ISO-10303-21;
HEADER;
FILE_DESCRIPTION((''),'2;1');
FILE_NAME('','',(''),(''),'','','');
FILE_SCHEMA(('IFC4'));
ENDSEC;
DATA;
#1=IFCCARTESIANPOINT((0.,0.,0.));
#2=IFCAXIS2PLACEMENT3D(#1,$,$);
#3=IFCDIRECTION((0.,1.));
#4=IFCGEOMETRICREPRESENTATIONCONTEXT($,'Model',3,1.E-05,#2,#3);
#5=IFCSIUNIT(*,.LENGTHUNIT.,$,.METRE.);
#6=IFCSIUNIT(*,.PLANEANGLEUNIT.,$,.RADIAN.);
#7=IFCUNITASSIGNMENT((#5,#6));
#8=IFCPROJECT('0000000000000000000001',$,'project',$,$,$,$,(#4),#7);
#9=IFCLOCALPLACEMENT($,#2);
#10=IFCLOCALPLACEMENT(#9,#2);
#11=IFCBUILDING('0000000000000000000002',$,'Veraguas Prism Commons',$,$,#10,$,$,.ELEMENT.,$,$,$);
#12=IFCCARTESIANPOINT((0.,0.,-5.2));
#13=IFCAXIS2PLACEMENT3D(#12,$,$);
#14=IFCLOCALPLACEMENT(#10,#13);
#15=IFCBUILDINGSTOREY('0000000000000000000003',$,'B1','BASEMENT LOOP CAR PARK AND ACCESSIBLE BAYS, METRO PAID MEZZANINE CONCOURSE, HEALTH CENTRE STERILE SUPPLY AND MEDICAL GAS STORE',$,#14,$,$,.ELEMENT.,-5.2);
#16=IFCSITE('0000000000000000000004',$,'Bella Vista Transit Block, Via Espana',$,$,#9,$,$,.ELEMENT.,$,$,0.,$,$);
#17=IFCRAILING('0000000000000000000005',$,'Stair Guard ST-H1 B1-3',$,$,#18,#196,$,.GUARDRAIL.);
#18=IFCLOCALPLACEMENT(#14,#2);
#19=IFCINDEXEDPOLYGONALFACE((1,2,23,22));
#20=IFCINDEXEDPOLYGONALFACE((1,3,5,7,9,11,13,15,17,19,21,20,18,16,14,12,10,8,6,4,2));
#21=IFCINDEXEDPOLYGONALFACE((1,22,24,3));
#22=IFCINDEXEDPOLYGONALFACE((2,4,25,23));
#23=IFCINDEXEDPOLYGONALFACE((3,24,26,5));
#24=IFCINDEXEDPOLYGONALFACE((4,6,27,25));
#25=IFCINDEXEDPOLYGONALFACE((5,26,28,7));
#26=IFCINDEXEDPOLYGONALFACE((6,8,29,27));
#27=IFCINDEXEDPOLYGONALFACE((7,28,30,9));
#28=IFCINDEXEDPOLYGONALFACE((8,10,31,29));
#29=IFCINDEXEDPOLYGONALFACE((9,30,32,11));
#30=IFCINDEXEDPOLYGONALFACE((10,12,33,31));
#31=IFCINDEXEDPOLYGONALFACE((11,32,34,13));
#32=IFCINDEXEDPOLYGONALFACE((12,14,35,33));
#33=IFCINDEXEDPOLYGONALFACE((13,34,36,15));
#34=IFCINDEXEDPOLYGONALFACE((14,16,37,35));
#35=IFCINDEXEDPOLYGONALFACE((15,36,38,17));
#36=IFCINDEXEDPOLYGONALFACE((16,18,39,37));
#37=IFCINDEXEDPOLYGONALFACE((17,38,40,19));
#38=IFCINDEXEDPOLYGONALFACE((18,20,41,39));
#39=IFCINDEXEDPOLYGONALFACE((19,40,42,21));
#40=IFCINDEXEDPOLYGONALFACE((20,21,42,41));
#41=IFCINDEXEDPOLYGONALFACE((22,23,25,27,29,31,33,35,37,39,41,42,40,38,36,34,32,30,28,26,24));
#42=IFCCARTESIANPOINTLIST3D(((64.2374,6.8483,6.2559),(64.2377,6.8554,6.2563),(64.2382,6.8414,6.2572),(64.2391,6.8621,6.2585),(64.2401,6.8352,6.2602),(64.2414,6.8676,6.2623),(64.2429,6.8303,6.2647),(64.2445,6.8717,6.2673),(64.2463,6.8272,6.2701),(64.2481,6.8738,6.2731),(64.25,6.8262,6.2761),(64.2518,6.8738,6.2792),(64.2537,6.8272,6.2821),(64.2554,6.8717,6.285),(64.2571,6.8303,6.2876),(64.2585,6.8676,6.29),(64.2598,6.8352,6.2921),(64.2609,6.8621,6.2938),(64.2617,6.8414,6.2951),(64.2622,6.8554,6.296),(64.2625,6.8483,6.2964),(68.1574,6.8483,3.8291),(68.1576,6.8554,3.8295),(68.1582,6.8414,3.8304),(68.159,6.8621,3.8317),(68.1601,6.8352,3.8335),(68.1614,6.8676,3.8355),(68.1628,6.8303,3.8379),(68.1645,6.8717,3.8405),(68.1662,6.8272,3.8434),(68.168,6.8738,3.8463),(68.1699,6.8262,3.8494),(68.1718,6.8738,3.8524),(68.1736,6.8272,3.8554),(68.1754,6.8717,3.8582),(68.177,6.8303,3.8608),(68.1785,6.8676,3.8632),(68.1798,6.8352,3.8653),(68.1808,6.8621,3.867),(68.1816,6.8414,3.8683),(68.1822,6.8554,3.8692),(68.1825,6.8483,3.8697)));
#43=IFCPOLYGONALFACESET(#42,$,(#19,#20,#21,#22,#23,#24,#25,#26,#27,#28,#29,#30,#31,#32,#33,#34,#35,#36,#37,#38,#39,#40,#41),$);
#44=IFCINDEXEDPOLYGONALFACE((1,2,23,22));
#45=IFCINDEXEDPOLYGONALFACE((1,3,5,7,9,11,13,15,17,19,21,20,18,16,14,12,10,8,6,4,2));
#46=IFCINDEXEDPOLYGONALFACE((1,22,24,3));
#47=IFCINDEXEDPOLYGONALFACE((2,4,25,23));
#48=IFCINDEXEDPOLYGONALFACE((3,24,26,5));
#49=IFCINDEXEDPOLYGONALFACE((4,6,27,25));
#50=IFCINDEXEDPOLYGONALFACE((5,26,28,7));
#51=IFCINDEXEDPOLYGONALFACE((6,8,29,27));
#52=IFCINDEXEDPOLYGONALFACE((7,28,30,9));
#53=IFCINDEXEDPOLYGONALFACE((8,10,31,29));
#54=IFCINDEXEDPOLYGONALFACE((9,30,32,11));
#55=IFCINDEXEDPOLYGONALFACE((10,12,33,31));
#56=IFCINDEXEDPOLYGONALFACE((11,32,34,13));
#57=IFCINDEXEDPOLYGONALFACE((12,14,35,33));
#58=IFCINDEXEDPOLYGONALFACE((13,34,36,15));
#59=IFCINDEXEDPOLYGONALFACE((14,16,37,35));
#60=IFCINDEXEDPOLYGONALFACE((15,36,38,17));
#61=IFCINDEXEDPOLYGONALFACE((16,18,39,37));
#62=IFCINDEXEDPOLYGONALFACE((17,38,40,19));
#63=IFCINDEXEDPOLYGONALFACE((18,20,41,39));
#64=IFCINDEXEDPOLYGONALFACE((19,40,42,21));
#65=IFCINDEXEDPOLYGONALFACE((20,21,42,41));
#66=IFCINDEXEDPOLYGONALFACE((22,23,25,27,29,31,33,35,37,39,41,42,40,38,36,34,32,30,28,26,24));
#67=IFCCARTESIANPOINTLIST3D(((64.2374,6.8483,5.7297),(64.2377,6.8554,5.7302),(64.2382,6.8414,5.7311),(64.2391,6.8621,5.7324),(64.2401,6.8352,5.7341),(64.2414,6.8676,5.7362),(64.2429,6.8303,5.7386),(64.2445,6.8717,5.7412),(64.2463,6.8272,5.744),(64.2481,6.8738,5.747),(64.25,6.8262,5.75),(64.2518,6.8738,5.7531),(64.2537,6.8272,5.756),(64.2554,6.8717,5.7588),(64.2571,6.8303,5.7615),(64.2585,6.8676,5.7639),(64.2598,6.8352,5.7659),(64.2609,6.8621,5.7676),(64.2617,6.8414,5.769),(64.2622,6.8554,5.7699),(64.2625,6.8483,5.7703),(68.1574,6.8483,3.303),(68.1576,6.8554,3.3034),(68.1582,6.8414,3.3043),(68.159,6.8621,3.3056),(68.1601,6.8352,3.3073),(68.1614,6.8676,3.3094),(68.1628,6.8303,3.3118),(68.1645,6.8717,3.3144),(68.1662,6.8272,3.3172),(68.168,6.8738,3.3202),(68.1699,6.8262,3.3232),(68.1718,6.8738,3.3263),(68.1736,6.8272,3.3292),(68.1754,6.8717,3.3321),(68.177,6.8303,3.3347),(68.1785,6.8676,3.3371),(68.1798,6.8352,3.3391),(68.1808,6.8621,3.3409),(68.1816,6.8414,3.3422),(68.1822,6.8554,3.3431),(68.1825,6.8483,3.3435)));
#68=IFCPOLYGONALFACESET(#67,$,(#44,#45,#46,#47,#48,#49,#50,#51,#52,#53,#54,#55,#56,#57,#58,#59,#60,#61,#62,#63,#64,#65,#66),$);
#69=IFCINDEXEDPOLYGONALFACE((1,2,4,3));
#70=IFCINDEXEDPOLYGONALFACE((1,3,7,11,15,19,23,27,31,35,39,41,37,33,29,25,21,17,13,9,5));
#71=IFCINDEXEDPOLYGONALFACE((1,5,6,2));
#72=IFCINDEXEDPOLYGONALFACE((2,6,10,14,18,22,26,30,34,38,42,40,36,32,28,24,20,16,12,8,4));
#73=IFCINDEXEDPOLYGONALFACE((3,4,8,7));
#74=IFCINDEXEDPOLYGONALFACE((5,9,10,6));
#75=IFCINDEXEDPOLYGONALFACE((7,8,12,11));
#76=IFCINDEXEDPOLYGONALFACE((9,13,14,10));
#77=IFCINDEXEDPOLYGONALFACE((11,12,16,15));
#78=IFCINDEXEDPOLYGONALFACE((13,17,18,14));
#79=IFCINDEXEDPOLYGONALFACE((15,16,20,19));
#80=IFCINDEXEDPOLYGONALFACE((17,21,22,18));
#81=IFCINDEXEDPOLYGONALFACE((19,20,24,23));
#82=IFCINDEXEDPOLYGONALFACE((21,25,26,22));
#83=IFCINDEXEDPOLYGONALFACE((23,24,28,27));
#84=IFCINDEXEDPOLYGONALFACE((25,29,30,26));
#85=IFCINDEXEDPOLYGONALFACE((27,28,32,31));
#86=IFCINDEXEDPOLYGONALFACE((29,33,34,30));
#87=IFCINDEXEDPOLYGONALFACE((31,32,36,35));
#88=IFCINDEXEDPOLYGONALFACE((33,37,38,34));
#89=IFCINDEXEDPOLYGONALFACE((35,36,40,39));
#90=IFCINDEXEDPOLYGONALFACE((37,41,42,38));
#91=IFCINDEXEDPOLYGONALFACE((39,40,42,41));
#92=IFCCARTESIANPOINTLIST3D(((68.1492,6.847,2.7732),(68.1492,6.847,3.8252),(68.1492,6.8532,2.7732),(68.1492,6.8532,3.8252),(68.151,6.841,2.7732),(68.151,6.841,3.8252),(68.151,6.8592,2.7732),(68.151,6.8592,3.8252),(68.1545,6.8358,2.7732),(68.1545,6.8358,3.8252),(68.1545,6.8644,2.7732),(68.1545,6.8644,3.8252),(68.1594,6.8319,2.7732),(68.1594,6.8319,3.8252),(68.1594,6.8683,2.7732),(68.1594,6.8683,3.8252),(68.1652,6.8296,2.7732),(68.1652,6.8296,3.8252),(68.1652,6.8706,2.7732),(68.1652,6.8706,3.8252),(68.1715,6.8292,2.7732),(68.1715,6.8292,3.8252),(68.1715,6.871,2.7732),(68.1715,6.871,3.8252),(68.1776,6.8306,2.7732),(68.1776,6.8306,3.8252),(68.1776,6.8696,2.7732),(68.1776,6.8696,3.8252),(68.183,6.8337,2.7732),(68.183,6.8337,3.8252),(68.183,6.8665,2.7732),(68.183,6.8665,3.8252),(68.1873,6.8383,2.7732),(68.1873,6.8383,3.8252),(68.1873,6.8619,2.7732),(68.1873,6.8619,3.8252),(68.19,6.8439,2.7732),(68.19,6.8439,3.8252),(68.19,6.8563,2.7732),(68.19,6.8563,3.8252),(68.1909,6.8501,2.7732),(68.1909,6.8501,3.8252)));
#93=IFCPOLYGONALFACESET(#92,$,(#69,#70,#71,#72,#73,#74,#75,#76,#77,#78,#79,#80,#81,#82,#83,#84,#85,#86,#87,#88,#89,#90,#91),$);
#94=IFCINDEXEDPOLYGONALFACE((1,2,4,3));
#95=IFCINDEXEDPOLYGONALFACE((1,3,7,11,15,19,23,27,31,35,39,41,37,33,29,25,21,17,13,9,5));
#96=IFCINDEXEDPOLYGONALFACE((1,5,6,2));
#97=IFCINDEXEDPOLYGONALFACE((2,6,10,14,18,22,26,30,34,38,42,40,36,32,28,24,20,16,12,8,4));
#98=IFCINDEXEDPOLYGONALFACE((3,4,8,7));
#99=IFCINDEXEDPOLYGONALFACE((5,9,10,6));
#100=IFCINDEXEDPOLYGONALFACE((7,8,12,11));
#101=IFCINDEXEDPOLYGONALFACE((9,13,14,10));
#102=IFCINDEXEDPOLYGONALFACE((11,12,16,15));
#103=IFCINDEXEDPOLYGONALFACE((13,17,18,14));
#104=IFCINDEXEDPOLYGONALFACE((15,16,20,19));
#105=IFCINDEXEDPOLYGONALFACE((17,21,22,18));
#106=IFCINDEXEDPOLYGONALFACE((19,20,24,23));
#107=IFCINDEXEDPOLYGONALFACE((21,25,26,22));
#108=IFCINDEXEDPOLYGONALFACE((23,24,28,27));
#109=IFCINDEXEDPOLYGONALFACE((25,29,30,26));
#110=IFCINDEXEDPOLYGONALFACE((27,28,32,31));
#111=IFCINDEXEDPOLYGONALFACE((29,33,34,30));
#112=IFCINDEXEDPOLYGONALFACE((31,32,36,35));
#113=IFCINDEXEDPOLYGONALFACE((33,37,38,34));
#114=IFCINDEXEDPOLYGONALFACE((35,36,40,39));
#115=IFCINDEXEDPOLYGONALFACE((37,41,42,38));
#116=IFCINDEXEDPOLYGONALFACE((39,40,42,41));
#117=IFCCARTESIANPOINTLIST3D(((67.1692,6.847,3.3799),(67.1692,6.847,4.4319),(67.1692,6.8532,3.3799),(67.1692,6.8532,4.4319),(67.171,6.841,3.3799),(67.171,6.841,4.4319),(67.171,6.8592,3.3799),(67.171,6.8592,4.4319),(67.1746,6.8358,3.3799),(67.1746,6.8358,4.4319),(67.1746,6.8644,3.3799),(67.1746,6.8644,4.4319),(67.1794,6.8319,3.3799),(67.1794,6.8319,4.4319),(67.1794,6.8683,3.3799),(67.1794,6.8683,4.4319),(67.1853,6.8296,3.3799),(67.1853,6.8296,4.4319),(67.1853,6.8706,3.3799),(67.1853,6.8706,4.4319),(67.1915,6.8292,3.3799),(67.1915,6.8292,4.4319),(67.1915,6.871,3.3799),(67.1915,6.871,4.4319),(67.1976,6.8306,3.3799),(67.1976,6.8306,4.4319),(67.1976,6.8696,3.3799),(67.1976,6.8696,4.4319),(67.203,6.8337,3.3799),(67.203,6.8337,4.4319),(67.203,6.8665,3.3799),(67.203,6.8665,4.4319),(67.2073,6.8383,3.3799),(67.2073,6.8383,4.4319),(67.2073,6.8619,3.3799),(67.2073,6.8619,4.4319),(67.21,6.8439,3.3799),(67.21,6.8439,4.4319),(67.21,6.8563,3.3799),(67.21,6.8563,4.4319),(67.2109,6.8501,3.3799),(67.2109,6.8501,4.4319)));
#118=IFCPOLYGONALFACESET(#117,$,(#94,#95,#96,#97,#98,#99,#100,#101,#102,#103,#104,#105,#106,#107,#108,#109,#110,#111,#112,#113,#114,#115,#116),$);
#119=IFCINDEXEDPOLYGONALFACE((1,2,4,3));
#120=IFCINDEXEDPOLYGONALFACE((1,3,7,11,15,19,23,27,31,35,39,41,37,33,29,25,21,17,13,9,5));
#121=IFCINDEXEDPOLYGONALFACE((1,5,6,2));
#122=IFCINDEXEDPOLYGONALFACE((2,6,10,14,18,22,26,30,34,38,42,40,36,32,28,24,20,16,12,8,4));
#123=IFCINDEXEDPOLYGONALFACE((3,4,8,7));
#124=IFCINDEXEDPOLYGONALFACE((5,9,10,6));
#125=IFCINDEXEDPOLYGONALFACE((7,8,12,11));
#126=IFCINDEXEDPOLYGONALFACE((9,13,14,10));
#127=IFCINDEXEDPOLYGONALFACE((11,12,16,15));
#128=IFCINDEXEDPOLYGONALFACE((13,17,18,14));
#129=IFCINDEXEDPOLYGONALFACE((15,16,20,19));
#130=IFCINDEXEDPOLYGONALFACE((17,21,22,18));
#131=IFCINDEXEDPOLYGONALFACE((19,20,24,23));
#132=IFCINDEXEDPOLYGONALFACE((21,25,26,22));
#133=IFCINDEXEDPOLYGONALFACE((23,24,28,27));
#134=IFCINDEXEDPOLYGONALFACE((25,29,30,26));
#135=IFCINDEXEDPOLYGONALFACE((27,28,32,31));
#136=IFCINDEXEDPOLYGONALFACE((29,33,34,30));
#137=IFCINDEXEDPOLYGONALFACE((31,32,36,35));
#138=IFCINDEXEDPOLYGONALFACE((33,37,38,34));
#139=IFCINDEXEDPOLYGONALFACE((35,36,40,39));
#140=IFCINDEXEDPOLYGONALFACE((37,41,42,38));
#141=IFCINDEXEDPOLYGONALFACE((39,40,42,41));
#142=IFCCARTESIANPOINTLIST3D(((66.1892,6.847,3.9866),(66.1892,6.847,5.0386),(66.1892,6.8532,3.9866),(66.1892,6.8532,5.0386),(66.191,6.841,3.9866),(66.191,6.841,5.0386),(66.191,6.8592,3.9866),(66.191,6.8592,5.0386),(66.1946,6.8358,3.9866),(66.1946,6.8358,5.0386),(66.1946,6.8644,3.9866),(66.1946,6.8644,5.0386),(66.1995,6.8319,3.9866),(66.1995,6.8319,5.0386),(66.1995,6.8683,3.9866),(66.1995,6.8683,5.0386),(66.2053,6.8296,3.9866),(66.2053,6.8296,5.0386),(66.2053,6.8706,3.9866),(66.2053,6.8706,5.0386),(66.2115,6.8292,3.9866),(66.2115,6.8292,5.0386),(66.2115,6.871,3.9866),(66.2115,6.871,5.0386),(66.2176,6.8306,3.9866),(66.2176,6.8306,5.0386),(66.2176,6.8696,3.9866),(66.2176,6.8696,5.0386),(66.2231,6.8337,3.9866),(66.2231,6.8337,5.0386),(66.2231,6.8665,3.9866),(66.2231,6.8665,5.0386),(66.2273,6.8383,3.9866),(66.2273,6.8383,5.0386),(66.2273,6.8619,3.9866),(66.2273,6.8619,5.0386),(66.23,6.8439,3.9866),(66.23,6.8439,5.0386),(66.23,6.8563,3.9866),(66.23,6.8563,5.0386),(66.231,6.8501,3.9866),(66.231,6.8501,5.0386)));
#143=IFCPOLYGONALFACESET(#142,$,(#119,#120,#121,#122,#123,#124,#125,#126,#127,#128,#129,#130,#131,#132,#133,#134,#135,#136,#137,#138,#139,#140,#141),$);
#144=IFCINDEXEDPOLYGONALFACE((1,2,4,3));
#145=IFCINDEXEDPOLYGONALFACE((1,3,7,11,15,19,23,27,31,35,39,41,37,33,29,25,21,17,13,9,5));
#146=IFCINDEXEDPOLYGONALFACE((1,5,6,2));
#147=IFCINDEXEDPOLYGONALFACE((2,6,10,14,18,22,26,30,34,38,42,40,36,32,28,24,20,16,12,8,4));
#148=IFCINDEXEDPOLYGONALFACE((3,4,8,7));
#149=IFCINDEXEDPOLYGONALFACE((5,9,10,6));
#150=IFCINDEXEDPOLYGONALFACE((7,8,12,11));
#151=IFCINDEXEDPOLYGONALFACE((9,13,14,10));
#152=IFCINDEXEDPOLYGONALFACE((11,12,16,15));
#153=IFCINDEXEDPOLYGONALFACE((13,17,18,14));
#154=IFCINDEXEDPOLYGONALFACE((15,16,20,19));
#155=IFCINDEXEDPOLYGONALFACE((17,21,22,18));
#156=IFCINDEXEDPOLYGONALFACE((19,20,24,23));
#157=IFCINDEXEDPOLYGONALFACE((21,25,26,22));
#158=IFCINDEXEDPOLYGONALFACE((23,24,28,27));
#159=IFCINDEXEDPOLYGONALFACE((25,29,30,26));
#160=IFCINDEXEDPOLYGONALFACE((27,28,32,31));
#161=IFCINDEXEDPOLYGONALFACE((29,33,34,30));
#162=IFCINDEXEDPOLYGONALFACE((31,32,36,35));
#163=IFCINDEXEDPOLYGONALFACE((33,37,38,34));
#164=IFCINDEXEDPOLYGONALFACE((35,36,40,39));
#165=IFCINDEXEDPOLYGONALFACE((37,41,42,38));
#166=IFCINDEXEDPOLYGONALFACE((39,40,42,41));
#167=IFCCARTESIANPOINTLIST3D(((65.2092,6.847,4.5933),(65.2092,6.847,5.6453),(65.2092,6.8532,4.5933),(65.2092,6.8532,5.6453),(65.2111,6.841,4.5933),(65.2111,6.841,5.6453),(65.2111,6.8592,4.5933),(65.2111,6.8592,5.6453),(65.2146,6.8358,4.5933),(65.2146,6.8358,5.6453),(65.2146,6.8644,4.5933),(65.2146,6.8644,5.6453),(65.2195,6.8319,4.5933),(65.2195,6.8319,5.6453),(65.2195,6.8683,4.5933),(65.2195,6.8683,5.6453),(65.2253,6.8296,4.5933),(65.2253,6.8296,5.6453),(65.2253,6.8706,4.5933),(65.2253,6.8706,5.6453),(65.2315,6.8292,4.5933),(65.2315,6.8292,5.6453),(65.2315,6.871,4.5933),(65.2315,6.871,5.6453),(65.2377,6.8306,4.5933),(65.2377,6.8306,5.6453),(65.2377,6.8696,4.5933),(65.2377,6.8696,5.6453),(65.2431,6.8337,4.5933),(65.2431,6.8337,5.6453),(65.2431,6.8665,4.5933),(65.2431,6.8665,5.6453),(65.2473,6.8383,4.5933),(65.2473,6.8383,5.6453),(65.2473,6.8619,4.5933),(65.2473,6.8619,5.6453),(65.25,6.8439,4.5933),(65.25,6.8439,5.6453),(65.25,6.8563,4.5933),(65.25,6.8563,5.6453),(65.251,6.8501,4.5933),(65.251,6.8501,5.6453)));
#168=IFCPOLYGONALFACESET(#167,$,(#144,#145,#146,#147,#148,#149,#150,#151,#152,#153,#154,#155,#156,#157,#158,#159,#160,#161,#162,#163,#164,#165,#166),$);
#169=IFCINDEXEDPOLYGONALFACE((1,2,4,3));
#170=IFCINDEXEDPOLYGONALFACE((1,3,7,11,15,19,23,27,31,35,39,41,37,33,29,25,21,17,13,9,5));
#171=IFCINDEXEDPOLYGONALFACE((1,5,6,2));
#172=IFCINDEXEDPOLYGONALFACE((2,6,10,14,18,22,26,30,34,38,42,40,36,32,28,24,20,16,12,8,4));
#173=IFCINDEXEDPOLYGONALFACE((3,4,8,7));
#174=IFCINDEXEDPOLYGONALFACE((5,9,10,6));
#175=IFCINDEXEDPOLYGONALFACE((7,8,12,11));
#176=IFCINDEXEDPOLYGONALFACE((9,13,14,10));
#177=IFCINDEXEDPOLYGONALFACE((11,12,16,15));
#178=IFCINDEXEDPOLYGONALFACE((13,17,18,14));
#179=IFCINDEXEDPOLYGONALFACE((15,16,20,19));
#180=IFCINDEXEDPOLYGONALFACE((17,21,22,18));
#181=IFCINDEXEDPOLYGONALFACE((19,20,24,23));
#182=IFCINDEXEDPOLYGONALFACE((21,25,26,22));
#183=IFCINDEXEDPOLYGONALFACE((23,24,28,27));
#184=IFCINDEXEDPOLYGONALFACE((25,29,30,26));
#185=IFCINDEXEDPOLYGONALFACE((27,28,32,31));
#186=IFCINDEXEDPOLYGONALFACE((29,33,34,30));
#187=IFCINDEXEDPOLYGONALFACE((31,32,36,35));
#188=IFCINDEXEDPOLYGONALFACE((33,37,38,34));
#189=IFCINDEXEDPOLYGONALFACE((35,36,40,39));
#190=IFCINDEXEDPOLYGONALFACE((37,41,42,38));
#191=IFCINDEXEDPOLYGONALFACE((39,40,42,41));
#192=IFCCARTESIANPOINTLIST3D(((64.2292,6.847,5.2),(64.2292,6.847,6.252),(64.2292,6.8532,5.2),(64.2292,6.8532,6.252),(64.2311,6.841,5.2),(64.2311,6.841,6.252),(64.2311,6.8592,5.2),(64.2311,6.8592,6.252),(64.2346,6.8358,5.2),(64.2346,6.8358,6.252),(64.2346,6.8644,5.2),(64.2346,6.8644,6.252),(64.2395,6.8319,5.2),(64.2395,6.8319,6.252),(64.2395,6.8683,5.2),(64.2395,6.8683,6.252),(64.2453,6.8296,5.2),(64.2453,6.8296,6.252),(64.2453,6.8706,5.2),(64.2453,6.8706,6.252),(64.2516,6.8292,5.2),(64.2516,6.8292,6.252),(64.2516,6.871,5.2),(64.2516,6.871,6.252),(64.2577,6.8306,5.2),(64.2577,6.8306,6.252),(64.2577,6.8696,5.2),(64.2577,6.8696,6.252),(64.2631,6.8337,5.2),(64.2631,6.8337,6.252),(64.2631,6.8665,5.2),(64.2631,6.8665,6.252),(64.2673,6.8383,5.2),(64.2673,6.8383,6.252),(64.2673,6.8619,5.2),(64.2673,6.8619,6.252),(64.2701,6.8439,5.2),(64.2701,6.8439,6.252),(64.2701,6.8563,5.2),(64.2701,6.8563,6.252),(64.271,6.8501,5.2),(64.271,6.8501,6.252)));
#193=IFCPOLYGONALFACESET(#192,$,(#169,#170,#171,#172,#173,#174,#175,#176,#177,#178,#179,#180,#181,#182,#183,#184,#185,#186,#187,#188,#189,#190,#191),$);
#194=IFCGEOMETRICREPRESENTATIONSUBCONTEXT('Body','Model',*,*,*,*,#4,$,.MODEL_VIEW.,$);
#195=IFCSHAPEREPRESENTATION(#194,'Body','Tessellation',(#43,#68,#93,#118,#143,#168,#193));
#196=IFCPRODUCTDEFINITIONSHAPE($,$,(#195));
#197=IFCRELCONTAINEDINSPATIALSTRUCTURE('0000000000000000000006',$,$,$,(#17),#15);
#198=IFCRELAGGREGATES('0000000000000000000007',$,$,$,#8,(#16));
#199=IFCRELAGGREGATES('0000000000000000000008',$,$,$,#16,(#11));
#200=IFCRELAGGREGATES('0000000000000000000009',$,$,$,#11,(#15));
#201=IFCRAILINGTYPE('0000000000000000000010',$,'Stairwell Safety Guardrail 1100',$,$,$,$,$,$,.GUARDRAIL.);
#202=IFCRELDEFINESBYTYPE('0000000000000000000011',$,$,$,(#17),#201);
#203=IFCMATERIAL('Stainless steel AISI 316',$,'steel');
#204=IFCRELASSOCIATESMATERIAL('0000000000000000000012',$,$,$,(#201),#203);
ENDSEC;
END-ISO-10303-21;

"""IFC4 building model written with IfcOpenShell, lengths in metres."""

from ifc_helpers import new_model, si_unit, direction, frame, origin, origin_2d, place, context, subcontext, project, spatial, circle, extrude, material, type_object, element, save


model = new_model("IFC4")

# Units and contexts
model_context = context("Model", 3, precision=1e-05, world=origin(), true_north=direction((0.0, 1.0)))
body_context = subcontext(model_context, "Body", "Model", "MODEL_VIEW")
ifc_project = project(units=[si_unit("LENGTHUNIT", "METRE"), si_unit("PLANEANGLEUNIT", "RADIAN")], contexts=[model_context])

# Site, building, storey
site_placement = place(None, origin())
site = spatial("IfcSite", under=ifc_project, at=site_placement, Name="Bella Vista Transit Block, Via Espana", CompositionType="ELEMENT", RefElevation=0.0)
building_placement = place(site_placement, origin())
building = spatial("IfcBuilding", under=site, at=building_placement, Name="Veraguas Prism Commons", CompositionType="ELEMENT")
storey_placement = place(building_placement, frame((0.0, 0.0, -5.2)))
storey = spatial("IfcBuildingStorey", under=building, at=storey_placement, Name="B1", Description="BASEMENT LOOP CAR PARK AND ACCESSIBLE BAYS, METRO PAID MEZZANINE CONCOURSE, HEALTH CENTRE STERILE SUPPLY AND MEDICAL GAS STORE", CompositionType="ELEMENT", Elevation=-5.2)

# Shared definitions
ifc_material_1 = material(Name="Stainless steel AISI 316", Category="steel")

# Railing
railing_type_1 = type_object("IfcRailingType", Name="Stairwell Safety Guardrail 1100", PredefinedType="GUARDRAIL", material=ifc_material_1)
railing_1_placement = place(storey_placement, frame((68.1699, 6.8501, 2.7732)))
element("IfcRailing", 1, at=railing_1_placement, inside=storey, type_object=railing_type_1, Name="Stair Guard ST-H1 B1-3", PredefinedType="GUARDRAIL", context=body_context, shape_type="SweptSolid", body=[
    extrude(circle(Radius=0.0239, at=origin_2d()), frame((0.0, 0.0, 1.0762), z_axis=(-0.850252, 0.0, 0.526376), x_axis=(0.0, -1.0, 0.0)), (0.0, 0.0, 1.0), 4.6104),
    extrude(circle(Radius=0.0239, at=origin_2d()), frame((0.0, 0.0, 0.55), z_axis=(-0.850252, 0.0, 0.526376), x_axis=(0.0, -1.0, 0.0)), (0.0, 0.0, 1.0), 4.6104),
    extrude(circle(Radius=0.021, at=origin_2d()), origin(), (0.0, 0.0, 1.0), 1.052),
    extrude(circle(Radius=0.021, at=origin_2d()), frame((-0.98, 0.0, 0.6067)), (0.0, 0.0, 1.0), 1.052),
    extrude(circle(Radius=0.021, at=origin_2d()), frame((-1.96, 0.0, 1.2134)), (0.0, 0.0, 1.0), 1.052),
    extrude(circle(Radius=0.021, at=origin_2d()), frame((-2.9399, 0.0, 1.8201)), (0.0, 0.0, 1.0), 1.052),
    extrude(circle(Radius=0.021, at=origin_2d()), frame((-3.9199, 0.0, 2.4268)), (0.0, 0.0, 1.0), 1.052),
])

save(model, "model.ifc")
